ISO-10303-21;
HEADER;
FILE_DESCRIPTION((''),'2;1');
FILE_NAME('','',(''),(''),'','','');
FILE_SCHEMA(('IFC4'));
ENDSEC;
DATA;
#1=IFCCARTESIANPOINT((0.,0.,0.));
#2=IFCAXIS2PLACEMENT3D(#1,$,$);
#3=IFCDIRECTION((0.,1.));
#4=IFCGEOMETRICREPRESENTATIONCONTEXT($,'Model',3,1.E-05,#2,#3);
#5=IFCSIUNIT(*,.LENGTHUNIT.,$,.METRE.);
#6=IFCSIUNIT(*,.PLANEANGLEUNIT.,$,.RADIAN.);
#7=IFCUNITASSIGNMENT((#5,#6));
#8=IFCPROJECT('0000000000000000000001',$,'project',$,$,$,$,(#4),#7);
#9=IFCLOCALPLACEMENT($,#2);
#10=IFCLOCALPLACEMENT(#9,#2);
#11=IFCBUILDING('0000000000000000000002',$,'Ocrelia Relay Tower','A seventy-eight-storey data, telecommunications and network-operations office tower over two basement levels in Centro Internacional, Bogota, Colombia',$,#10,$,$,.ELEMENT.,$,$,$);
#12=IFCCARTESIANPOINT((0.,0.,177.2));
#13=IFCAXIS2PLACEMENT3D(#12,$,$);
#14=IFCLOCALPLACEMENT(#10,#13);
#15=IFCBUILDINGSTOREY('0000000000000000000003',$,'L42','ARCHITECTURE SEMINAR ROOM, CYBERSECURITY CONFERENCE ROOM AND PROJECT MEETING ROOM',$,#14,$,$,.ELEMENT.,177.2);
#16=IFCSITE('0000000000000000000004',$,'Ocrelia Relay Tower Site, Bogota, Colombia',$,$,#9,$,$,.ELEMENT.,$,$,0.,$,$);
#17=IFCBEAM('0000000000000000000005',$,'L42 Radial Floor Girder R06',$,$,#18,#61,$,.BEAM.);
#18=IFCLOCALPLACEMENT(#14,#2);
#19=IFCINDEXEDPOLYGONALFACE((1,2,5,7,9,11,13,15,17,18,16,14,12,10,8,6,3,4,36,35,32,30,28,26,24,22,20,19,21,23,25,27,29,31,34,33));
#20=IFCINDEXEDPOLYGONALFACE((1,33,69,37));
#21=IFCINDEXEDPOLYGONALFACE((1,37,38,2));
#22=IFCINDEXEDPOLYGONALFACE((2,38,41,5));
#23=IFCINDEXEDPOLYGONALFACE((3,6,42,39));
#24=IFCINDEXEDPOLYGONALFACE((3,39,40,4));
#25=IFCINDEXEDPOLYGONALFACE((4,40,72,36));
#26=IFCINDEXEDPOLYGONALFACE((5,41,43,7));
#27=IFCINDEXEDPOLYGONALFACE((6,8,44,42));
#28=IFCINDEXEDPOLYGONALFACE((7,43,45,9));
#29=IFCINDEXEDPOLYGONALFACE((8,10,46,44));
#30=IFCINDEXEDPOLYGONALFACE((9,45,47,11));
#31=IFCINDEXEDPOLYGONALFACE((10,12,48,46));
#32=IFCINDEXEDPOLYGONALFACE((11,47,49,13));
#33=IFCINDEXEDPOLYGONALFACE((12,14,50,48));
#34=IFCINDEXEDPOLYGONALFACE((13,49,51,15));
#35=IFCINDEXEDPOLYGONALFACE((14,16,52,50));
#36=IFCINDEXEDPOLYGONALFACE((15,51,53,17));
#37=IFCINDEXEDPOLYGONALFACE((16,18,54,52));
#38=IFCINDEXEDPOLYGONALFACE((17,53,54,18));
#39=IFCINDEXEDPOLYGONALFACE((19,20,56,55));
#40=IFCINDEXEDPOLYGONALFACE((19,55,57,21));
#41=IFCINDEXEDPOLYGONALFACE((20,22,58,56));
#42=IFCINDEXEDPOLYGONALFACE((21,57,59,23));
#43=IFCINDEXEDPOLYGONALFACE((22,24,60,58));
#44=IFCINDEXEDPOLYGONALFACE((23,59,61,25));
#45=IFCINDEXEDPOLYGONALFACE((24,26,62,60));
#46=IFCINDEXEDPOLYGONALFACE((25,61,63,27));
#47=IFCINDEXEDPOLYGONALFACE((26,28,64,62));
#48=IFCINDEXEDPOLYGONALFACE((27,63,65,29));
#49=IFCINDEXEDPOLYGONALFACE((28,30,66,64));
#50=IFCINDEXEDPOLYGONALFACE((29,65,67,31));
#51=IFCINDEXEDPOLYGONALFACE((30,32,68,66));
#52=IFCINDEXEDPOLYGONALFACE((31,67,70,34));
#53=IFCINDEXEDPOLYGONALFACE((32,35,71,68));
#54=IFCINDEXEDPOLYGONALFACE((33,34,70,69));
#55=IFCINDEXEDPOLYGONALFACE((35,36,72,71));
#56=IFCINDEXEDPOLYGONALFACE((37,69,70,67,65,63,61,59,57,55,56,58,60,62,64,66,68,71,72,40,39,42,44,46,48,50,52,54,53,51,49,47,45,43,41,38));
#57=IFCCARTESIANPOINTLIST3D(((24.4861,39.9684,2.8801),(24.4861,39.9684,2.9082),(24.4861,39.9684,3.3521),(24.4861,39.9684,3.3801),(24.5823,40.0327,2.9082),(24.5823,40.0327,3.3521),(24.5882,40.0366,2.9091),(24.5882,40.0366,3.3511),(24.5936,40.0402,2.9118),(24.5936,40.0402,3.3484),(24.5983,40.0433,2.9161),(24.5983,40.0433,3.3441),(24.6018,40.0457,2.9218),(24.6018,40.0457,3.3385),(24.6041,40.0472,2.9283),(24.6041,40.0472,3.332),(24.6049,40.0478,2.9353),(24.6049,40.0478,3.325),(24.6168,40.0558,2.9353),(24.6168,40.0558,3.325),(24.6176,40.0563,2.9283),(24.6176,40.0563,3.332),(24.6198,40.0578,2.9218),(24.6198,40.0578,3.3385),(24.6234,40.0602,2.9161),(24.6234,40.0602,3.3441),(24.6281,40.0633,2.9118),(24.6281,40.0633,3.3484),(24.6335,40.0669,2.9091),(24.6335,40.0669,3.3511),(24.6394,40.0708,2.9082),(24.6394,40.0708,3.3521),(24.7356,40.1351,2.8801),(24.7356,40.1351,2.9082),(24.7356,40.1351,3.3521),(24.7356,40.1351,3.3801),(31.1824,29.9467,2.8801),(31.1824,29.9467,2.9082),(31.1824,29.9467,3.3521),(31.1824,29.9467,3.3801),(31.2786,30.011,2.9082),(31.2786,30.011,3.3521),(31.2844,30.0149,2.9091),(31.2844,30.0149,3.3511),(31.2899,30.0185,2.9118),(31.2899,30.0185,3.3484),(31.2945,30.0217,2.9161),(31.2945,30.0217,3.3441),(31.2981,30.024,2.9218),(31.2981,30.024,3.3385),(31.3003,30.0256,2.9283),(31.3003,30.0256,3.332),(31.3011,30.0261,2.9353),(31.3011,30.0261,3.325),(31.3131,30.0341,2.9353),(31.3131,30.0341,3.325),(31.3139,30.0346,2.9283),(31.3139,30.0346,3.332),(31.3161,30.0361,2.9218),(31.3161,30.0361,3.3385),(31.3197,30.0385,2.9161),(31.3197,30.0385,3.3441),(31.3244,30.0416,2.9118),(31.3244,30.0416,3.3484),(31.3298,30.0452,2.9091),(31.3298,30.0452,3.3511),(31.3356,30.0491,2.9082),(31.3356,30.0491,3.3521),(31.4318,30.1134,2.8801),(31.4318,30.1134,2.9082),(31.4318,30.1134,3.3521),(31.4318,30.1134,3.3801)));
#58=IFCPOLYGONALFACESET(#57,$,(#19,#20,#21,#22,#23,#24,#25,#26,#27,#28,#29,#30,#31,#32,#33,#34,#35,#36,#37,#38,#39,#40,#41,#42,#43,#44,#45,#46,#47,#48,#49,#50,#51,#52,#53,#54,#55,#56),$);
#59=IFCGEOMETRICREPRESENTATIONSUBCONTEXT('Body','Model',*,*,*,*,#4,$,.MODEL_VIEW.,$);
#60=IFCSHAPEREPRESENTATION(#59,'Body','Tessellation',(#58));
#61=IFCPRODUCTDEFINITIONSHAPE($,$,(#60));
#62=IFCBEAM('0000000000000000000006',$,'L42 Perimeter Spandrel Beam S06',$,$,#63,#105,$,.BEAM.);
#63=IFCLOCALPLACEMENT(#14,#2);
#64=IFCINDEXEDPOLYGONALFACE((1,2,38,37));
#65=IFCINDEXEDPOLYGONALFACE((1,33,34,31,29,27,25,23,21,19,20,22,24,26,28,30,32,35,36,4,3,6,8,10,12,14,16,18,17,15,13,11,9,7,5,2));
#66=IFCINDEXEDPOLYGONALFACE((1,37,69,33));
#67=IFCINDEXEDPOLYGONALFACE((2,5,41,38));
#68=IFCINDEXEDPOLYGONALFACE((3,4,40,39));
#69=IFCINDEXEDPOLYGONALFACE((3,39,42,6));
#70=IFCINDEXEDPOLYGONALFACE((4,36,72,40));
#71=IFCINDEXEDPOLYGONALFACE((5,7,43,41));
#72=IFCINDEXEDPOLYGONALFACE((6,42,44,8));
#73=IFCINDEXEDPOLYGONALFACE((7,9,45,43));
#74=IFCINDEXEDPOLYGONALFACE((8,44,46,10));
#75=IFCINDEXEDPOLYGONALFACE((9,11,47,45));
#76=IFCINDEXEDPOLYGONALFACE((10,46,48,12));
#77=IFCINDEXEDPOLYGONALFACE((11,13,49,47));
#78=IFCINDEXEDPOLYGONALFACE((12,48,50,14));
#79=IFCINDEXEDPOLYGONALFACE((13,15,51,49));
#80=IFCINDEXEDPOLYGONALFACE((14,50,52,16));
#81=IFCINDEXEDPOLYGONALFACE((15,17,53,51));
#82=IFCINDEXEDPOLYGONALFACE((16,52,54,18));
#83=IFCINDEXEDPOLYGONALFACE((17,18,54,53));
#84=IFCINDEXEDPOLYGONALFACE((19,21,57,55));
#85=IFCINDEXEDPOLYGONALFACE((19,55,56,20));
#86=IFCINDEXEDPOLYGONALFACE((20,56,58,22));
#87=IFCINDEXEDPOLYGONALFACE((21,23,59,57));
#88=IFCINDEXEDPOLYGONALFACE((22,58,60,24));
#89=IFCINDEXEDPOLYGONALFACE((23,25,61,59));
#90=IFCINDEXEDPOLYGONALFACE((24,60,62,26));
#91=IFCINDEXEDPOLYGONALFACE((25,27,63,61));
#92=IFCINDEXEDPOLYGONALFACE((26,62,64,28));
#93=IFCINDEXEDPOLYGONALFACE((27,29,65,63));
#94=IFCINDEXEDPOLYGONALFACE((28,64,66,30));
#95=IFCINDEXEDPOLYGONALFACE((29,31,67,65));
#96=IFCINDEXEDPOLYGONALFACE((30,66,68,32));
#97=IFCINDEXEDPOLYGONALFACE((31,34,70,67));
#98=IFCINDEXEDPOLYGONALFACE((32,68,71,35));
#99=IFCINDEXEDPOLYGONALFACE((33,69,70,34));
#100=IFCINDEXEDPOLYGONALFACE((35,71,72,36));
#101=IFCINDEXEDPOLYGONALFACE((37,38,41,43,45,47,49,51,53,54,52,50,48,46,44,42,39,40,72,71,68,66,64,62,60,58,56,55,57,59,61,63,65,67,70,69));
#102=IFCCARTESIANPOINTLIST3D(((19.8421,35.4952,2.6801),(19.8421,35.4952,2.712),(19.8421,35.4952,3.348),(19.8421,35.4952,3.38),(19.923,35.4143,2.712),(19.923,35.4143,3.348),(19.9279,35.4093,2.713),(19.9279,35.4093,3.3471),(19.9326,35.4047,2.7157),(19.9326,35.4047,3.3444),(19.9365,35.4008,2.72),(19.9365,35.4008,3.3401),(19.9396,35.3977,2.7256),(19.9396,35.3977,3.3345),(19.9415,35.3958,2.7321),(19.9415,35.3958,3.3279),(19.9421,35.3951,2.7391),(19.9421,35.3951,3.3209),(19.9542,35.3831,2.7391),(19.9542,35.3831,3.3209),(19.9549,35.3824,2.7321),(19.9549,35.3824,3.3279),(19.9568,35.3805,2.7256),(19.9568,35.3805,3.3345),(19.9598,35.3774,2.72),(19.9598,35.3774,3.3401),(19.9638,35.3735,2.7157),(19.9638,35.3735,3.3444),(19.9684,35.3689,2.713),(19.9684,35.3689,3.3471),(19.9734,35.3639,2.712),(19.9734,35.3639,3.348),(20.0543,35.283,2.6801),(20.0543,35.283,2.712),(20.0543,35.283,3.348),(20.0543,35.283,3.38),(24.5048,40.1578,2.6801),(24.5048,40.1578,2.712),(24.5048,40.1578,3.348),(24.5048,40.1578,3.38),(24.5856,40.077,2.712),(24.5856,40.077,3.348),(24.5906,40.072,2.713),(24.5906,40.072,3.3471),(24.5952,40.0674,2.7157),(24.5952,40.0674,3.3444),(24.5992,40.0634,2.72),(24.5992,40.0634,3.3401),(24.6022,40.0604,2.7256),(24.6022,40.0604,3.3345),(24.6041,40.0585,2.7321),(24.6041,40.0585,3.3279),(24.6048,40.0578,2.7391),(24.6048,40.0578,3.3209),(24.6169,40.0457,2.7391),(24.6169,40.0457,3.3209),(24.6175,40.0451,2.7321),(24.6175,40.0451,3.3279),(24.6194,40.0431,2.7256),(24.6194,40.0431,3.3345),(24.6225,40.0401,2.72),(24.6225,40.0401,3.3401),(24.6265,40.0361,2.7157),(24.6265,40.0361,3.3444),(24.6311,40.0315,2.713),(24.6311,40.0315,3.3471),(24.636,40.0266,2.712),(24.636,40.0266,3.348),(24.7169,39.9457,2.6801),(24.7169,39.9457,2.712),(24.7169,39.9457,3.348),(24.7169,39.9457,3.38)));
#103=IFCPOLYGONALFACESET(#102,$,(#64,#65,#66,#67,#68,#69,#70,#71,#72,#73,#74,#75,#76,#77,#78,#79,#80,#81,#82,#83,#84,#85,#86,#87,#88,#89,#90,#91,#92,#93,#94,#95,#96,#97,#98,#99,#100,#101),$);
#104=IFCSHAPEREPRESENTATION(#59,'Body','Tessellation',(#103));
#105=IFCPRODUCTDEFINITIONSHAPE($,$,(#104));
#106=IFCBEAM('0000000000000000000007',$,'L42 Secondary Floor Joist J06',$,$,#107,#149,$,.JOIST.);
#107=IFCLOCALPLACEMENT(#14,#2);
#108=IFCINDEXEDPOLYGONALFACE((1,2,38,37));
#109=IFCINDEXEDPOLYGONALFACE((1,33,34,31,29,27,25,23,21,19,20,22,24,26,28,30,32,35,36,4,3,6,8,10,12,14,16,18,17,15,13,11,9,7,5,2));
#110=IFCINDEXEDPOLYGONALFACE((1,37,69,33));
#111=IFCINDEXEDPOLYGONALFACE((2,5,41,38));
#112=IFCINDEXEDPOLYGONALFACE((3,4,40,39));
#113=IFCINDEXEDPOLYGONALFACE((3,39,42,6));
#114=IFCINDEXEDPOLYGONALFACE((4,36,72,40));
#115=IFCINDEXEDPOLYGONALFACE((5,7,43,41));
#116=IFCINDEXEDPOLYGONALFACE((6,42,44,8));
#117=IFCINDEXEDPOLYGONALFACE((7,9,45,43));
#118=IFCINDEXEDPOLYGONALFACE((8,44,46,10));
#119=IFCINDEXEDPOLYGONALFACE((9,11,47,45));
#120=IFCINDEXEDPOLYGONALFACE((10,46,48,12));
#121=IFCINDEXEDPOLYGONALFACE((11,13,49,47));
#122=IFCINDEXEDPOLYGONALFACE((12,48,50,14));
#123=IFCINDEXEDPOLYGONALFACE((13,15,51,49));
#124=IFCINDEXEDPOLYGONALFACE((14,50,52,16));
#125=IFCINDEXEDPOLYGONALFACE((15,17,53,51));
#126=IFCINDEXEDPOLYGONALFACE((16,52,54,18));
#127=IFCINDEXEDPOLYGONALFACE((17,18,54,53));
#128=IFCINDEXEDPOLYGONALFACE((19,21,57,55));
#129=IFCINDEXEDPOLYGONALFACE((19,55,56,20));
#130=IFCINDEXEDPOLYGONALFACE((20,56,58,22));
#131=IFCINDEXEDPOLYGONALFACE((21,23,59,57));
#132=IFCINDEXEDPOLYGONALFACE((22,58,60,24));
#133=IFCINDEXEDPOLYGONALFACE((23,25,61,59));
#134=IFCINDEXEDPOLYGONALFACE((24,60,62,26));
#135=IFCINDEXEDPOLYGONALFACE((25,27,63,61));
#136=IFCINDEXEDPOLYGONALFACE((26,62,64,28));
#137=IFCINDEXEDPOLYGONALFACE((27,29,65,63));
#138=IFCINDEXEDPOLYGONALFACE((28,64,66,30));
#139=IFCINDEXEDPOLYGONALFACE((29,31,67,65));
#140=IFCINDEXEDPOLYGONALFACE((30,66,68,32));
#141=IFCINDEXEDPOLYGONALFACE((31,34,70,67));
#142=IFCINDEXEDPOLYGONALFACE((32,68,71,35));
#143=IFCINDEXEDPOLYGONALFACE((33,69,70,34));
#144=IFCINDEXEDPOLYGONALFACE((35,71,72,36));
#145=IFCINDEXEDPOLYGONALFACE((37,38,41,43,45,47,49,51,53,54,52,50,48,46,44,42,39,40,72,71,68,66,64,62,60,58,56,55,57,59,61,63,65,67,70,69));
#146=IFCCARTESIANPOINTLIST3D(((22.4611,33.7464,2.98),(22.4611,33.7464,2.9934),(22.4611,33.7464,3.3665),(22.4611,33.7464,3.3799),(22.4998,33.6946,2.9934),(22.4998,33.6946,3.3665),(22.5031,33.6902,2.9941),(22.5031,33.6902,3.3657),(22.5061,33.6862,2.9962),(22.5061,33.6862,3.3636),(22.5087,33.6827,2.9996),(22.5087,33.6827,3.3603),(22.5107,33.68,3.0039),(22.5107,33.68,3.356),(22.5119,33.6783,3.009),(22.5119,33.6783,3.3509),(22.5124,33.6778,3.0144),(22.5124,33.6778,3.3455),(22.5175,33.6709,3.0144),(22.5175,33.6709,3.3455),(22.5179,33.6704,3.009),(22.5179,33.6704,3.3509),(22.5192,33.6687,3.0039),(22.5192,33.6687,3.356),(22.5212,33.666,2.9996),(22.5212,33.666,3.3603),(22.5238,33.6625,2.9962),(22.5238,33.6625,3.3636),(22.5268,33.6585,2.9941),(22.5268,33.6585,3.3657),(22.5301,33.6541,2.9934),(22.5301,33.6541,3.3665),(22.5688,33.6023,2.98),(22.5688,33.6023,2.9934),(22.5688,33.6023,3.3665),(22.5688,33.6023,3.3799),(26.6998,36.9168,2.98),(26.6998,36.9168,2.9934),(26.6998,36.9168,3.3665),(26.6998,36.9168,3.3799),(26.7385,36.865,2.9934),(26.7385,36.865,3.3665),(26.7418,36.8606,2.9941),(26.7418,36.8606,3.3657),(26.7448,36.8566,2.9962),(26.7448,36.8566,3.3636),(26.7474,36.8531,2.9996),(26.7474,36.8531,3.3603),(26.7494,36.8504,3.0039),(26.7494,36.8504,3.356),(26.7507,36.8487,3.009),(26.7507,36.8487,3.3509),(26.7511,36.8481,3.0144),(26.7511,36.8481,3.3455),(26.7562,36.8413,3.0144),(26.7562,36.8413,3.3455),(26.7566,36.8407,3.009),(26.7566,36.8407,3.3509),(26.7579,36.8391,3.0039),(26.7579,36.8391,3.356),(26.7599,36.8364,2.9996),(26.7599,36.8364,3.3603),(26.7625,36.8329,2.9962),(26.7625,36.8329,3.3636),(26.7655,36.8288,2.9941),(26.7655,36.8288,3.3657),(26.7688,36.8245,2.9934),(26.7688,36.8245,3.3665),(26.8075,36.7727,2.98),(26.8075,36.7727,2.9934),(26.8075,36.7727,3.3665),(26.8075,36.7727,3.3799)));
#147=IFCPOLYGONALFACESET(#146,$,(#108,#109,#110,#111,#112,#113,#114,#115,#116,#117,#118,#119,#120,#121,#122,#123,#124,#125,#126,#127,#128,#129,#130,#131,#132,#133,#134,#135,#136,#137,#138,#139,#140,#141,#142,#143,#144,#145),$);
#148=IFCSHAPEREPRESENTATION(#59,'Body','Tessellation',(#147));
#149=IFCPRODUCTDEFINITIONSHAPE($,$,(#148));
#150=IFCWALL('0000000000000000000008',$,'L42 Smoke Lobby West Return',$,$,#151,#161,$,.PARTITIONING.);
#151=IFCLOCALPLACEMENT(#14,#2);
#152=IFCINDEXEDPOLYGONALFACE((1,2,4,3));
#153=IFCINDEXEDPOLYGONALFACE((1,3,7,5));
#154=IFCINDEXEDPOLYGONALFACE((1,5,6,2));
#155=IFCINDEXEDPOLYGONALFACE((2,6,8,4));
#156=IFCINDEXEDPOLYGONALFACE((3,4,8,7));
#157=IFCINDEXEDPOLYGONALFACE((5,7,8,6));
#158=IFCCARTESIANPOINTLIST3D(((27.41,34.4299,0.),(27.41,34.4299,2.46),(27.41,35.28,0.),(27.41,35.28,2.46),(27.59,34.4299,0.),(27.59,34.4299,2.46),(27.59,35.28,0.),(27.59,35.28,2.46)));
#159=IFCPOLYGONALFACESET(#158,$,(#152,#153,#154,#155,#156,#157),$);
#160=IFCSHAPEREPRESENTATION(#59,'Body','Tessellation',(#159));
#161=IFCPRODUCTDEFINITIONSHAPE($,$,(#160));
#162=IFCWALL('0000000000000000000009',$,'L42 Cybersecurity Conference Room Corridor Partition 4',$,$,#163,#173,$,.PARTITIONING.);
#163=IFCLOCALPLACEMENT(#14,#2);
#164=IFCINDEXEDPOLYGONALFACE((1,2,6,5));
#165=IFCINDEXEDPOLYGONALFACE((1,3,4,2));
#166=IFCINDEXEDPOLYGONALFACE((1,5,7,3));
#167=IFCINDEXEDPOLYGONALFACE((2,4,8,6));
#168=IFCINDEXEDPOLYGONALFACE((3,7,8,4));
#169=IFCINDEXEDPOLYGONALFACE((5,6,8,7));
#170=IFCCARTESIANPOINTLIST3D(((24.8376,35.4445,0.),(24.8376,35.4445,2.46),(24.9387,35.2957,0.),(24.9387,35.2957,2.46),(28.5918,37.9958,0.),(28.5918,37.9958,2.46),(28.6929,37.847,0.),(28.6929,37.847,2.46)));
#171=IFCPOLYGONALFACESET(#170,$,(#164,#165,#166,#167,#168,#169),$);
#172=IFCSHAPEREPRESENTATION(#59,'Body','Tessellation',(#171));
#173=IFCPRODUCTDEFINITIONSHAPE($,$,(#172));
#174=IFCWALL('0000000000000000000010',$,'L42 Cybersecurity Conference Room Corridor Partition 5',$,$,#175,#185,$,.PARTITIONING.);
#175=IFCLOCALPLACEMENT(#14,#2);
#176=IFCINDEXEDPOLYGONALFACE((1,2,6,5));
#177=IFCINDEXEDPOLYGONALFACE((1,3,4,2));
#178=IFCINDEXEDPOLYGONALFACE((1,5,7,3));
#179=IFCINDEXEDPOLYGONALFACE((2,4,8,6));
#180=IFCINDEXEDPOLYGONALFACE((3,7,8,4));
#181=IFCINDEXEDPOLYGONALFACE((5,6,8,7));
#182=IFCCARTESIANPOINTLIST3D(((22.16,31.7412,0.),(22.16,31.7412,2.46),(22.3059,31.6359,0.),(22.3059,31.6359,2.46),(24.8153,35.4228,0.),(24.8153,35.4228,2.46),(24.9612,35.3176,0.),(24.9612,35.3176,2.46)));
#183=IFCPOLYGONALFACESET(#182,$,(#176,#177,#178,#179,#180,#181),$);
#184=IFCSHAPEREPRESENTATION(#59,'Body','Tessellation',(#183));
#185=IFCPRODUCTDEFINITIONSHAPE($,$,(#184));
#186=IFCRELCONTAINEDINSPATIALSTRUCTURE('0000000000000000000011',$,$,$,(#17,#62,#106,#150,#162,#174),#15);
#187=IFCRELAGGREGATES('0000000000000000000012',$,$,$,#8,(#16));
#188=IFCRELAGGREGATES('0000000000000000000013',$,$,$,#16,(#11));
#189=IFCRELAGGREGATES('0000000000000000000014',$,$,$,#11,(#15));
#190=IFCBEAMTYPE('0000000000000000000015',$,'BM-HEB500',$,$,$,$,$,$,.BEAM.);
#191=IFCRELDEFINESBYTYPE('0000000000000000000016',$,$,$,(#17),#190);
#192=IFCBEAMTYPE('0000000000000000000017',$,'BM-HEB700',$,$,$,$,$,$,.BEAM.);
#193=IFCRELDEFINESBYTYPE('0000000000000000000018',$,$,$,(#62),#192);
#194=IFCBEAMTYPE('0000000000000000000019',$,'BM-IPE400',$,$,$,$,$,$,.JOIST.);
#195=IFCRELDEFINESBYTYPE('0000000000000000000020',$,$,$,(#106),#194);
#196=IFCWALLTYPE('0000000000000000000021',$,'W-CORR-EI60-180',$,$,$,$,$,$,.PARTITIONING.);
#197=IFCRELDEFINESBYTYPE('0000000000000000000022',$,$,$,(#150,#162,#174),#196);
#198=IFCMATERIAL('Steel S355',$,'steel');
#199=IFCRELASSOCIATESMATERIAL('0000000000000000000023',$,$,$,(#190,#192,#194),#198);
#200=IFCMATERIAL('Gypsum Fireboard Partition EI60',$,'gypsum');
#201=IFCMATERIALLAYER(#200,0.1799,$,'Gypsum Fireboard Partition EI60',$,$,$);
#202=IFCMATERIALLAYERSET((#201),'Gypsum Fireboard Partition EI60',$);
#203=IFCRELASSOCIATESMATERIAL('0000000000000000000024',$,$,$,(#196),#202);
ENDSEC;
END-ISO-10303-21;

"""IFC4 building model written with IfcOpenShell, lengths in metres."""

from ifc_helpers import new_model, si_unit, direction, frame, frame_2d, origin, origin_2d, place, context, subcontext, project, spatial, rectangle, i_section, extrude, material, layer, layer_set, material_profile, profile_set, type_object, element, save


model = new_model("IFC4")

# Units and contexts
model_context = context("Model", 3, precision=1e-05, world=origin(), true_north=direction((0.0, 1.0)))
body_context = subcontext(model_context, "Body", "Model", "MODEL_VIEW")
ifc_project = project(units=[si_unit("LENGTHUNIT", "METRE"), si_unit("PLANEANGLEUNIT", "RADIAN")], contexts=[model_context])

# Site, building, storey
site_placement = place(None, origin())
site = spatial("IfcSite", under=ifc_project, at=site_placement, Name="Ocrelia Relay Tower Site, Bogota, Colombia", CompositionType="ELEMENT", RefElevation=0.0)
building_placement = place(site_placement, origin())
building = spatial("IfcBuilding", under=site, at=building_placement, Name="Ocrelia Relay Tower", Description="A seventy-eight-storey data, telecommunications and network-operations office tower over two basement levels in Centro Internacional, Bogota, Colombia", CompositionType="ELEMENT")
storey_placement = place(building_placement, frame((0.0, 0.0, 177.2)))
storey = spatial("IfcBuildingStorey", under=building, at=storey_placement, Name="L42", Description="ARCHITECTURE SEMINAR ROOM, CYBERSECURITY CONFERENCE ROOM AND PROJECT MEETING ROOM", CompositionType="ELEMENT", Elevation=177.2)

# Beams
ifc_material_1 = material(Name="Steel S355", Category="steel")
ifc_material_profile_1 = material_profile(ifc_material_1, i_section(OverallWidth=0.3, OverallDepth=0.5, WebThickness=0.0144, FlangeThickness=0.0281, FilletRadius=0.0271, at=origin_2d()), Name="HEB 500")
ifc_profile_set_1 = profile_set([ifc_material_profile_1], Name="Steel S355")
beam_type_1 = type_object("IfcBeamType", Name="BM-HEB500", PredefinedType="BEAM", material=ifc_profile_set_1)
beam_1_placement = place(storey_placement, frame((24.6108, 40.0518, 3.1301), z_axis=(0.555569, -0.83147, 0.0), x_axis=(0.83147, 0.555569, 0.0)))
element("IfcBeam", 1, at=beam_1_placement, inside=storey, type_object=beam_type_1, Name="L42 Radial Floor Girder R06", PredefinedType="BEAM", context=body_context, shape_type="SweptSolid", body=[
    extrude(i_section(OverallWidth=0.3, OverallDepth=0.5, WebThickness=0.0144, FlangeThickness=0.0281, FilletRadius=0.0271, at=origin_2d()), origin(), (0.0, 0.0, 1.0), 12.053),
])
ifc_material_profile_2 = material_profile(ifc_material_1, i_section(OverallWidth=0.3, OverallDepth=0.7, WebThickness=0.0171, FlangeThickness=0.032, FilletRadius=0.0271, at=origin_2d()), Name="HEB 700")
ifc_profile_set_2 = profile_set([ifc_material_profile_2], Name="Steel S355")
beam_type_2 = type_object("IfcBeamType", Name="BM-HEB700", PredefinedType="BEAM", material=ifc_profile_set_2)
beam_2_placement = place(storey_placement, frame((24.6108, 40.0518, 3.03), z_axis=(-0.707107, -0.707107, 0.0), x_axis=(0.707107, -0.707107, 0.0)))
element("IfcBeam", 2, at=beam_2_placement, inside=storey, type_object=beam_type_2, Name="L42 Perimeter Spandrel Beam S06", PredefinedType="BEAM", context=body_context, shape_type="SweptSolid", body=[
    extrude(i_section(OverallWidth=0.3, OverallDepth=0.7, WebThickness=0.0171, FlangeThickness=0.032, FilletRadius=0.0271, at=origin_2d()), origin(), (0.0, 0.0, 1.0), 6.594),
])
ifc_material_profile_3 = material_profile(ifc_material_1, i_section(OverallWidth=0.1799, OverallDepth=0.3999, WebThickness=0.0085, FlangeThickness=0.0134, FilletRadius=0.021, at=origin_2d()), Name="IPE 400")
ifc_profile_set_3 = profile_set([ifc_material_profile_3], Name="Steel S355")
beam_type_3 = type_object("IfcBeamType", Name="BM-IPE400", PredefinedType="JOIST", material=ifc_profile_set_3)
beam_3_placement = place(storey_placement, frame((26.7537, 36.8447, 3.1799), z_axis=(-0.800785, -0.598952, 0.0), x_axis=(0.598952, -0.800785, 0.0)))
element("IfcBeam", 3, at=beam_3_placement, inside=storey, type_object=beam_type_3, Name="L42 Secondary Floor Joist J06", PredefinedType="JOIST", context=body_context, shape_type="SweptSolid", body=[
    extrude(i_section(OverallWidth=0.1799, OverallDepth=0.3999, WebThickness=0.0085, FlangeThickness=0.0134, FilletRadius=0.021, at=origin_2d()), origin(), (0.0, 0.0, 1.0), 5.2932),
])

# Wall
ifc_material_2 = material(Name="Gypsum Fireboard Partition EI60", Category="gypsum")
ifc_layer_1 = layer(ifc_material_2, 0.1799, Name="Gypsum Fireboard Partition EI60")
ifc_layer_set_1 = layer_set([ifc_layer_1], Name="Gypsum Fireboard Partition EI60")
wall_type_1 = type_object("IfcWallType", Name="W-CORR-EI60-180", PredefinedType="PARTITIONING", material=ifc_layer_set_1)
wall_1_placement = place(storey_placement, frame((27.5, 34.4299, 0.0), z_axis=(0.0, 0.0, 1.0), x_axis=(0.0, 1.0, 0.0)))
element("IfcWall", 4, at=wall_1_placement, inside=storey, type_object=wall_type_1, Name="L42 Smoke Lobby West Return", PredefinedType="PARTITIONING", context=body_context, shape_type="SweptSolid", body=[
    extrude(rectangle(XDim=0.8501, YDim=0.1799, at=frame_2d((0.425, 0.0))), origin(), (0.0, 0.0, 1.0), 2.46),
])

# Walls
wall_2_placement = place(storey_placement, frame((28.6423, 37.9214, 0.0), z_axis=(0.0, 0.0, 1.0), x_axis=(-0.827086, -0.562076, 0.0)))
element("IfcWall", 5, at=wall_2_placement, inside=storey, type_object=wall_type_1, Name="L42 Cybersecurity Conference Room Corridor Partition 4", PredefinedType="PARTITIONING", context=body_context, shape_type="SweptSolid", body=[
    extrude(rectangle(XDim=4.5391, YDim=0.1799, at=frame_2d((2.2695, 0.0))), origin(), (0.0, 0.0, 1.0), 2.46),
])
wall_3_placement = place(storey_placement, frame((24.8882, 35.3701, 0.0), z_axis=(0.0, 0.0, 1.0), x_axis=(-0.584956, -0.811065, 0.0)))
element("IfcWall", 6, at=wall_3_placement, inside=storey, type_object=wall_type_1, Name="L42 Cybersecurity Conference Room Corridor Partition 5", PredefinedType="PARTITIONING", context=body_context, shape_type="SweptSolid", body=[
    extrude(rectangle(XDim=4.5393, YDim=0.1799, at=frame_2d((2.2695, 0.0))), origin(), (0.0, 0.0, 1.0), 2.46),
])

save(model, "model.ifc")
